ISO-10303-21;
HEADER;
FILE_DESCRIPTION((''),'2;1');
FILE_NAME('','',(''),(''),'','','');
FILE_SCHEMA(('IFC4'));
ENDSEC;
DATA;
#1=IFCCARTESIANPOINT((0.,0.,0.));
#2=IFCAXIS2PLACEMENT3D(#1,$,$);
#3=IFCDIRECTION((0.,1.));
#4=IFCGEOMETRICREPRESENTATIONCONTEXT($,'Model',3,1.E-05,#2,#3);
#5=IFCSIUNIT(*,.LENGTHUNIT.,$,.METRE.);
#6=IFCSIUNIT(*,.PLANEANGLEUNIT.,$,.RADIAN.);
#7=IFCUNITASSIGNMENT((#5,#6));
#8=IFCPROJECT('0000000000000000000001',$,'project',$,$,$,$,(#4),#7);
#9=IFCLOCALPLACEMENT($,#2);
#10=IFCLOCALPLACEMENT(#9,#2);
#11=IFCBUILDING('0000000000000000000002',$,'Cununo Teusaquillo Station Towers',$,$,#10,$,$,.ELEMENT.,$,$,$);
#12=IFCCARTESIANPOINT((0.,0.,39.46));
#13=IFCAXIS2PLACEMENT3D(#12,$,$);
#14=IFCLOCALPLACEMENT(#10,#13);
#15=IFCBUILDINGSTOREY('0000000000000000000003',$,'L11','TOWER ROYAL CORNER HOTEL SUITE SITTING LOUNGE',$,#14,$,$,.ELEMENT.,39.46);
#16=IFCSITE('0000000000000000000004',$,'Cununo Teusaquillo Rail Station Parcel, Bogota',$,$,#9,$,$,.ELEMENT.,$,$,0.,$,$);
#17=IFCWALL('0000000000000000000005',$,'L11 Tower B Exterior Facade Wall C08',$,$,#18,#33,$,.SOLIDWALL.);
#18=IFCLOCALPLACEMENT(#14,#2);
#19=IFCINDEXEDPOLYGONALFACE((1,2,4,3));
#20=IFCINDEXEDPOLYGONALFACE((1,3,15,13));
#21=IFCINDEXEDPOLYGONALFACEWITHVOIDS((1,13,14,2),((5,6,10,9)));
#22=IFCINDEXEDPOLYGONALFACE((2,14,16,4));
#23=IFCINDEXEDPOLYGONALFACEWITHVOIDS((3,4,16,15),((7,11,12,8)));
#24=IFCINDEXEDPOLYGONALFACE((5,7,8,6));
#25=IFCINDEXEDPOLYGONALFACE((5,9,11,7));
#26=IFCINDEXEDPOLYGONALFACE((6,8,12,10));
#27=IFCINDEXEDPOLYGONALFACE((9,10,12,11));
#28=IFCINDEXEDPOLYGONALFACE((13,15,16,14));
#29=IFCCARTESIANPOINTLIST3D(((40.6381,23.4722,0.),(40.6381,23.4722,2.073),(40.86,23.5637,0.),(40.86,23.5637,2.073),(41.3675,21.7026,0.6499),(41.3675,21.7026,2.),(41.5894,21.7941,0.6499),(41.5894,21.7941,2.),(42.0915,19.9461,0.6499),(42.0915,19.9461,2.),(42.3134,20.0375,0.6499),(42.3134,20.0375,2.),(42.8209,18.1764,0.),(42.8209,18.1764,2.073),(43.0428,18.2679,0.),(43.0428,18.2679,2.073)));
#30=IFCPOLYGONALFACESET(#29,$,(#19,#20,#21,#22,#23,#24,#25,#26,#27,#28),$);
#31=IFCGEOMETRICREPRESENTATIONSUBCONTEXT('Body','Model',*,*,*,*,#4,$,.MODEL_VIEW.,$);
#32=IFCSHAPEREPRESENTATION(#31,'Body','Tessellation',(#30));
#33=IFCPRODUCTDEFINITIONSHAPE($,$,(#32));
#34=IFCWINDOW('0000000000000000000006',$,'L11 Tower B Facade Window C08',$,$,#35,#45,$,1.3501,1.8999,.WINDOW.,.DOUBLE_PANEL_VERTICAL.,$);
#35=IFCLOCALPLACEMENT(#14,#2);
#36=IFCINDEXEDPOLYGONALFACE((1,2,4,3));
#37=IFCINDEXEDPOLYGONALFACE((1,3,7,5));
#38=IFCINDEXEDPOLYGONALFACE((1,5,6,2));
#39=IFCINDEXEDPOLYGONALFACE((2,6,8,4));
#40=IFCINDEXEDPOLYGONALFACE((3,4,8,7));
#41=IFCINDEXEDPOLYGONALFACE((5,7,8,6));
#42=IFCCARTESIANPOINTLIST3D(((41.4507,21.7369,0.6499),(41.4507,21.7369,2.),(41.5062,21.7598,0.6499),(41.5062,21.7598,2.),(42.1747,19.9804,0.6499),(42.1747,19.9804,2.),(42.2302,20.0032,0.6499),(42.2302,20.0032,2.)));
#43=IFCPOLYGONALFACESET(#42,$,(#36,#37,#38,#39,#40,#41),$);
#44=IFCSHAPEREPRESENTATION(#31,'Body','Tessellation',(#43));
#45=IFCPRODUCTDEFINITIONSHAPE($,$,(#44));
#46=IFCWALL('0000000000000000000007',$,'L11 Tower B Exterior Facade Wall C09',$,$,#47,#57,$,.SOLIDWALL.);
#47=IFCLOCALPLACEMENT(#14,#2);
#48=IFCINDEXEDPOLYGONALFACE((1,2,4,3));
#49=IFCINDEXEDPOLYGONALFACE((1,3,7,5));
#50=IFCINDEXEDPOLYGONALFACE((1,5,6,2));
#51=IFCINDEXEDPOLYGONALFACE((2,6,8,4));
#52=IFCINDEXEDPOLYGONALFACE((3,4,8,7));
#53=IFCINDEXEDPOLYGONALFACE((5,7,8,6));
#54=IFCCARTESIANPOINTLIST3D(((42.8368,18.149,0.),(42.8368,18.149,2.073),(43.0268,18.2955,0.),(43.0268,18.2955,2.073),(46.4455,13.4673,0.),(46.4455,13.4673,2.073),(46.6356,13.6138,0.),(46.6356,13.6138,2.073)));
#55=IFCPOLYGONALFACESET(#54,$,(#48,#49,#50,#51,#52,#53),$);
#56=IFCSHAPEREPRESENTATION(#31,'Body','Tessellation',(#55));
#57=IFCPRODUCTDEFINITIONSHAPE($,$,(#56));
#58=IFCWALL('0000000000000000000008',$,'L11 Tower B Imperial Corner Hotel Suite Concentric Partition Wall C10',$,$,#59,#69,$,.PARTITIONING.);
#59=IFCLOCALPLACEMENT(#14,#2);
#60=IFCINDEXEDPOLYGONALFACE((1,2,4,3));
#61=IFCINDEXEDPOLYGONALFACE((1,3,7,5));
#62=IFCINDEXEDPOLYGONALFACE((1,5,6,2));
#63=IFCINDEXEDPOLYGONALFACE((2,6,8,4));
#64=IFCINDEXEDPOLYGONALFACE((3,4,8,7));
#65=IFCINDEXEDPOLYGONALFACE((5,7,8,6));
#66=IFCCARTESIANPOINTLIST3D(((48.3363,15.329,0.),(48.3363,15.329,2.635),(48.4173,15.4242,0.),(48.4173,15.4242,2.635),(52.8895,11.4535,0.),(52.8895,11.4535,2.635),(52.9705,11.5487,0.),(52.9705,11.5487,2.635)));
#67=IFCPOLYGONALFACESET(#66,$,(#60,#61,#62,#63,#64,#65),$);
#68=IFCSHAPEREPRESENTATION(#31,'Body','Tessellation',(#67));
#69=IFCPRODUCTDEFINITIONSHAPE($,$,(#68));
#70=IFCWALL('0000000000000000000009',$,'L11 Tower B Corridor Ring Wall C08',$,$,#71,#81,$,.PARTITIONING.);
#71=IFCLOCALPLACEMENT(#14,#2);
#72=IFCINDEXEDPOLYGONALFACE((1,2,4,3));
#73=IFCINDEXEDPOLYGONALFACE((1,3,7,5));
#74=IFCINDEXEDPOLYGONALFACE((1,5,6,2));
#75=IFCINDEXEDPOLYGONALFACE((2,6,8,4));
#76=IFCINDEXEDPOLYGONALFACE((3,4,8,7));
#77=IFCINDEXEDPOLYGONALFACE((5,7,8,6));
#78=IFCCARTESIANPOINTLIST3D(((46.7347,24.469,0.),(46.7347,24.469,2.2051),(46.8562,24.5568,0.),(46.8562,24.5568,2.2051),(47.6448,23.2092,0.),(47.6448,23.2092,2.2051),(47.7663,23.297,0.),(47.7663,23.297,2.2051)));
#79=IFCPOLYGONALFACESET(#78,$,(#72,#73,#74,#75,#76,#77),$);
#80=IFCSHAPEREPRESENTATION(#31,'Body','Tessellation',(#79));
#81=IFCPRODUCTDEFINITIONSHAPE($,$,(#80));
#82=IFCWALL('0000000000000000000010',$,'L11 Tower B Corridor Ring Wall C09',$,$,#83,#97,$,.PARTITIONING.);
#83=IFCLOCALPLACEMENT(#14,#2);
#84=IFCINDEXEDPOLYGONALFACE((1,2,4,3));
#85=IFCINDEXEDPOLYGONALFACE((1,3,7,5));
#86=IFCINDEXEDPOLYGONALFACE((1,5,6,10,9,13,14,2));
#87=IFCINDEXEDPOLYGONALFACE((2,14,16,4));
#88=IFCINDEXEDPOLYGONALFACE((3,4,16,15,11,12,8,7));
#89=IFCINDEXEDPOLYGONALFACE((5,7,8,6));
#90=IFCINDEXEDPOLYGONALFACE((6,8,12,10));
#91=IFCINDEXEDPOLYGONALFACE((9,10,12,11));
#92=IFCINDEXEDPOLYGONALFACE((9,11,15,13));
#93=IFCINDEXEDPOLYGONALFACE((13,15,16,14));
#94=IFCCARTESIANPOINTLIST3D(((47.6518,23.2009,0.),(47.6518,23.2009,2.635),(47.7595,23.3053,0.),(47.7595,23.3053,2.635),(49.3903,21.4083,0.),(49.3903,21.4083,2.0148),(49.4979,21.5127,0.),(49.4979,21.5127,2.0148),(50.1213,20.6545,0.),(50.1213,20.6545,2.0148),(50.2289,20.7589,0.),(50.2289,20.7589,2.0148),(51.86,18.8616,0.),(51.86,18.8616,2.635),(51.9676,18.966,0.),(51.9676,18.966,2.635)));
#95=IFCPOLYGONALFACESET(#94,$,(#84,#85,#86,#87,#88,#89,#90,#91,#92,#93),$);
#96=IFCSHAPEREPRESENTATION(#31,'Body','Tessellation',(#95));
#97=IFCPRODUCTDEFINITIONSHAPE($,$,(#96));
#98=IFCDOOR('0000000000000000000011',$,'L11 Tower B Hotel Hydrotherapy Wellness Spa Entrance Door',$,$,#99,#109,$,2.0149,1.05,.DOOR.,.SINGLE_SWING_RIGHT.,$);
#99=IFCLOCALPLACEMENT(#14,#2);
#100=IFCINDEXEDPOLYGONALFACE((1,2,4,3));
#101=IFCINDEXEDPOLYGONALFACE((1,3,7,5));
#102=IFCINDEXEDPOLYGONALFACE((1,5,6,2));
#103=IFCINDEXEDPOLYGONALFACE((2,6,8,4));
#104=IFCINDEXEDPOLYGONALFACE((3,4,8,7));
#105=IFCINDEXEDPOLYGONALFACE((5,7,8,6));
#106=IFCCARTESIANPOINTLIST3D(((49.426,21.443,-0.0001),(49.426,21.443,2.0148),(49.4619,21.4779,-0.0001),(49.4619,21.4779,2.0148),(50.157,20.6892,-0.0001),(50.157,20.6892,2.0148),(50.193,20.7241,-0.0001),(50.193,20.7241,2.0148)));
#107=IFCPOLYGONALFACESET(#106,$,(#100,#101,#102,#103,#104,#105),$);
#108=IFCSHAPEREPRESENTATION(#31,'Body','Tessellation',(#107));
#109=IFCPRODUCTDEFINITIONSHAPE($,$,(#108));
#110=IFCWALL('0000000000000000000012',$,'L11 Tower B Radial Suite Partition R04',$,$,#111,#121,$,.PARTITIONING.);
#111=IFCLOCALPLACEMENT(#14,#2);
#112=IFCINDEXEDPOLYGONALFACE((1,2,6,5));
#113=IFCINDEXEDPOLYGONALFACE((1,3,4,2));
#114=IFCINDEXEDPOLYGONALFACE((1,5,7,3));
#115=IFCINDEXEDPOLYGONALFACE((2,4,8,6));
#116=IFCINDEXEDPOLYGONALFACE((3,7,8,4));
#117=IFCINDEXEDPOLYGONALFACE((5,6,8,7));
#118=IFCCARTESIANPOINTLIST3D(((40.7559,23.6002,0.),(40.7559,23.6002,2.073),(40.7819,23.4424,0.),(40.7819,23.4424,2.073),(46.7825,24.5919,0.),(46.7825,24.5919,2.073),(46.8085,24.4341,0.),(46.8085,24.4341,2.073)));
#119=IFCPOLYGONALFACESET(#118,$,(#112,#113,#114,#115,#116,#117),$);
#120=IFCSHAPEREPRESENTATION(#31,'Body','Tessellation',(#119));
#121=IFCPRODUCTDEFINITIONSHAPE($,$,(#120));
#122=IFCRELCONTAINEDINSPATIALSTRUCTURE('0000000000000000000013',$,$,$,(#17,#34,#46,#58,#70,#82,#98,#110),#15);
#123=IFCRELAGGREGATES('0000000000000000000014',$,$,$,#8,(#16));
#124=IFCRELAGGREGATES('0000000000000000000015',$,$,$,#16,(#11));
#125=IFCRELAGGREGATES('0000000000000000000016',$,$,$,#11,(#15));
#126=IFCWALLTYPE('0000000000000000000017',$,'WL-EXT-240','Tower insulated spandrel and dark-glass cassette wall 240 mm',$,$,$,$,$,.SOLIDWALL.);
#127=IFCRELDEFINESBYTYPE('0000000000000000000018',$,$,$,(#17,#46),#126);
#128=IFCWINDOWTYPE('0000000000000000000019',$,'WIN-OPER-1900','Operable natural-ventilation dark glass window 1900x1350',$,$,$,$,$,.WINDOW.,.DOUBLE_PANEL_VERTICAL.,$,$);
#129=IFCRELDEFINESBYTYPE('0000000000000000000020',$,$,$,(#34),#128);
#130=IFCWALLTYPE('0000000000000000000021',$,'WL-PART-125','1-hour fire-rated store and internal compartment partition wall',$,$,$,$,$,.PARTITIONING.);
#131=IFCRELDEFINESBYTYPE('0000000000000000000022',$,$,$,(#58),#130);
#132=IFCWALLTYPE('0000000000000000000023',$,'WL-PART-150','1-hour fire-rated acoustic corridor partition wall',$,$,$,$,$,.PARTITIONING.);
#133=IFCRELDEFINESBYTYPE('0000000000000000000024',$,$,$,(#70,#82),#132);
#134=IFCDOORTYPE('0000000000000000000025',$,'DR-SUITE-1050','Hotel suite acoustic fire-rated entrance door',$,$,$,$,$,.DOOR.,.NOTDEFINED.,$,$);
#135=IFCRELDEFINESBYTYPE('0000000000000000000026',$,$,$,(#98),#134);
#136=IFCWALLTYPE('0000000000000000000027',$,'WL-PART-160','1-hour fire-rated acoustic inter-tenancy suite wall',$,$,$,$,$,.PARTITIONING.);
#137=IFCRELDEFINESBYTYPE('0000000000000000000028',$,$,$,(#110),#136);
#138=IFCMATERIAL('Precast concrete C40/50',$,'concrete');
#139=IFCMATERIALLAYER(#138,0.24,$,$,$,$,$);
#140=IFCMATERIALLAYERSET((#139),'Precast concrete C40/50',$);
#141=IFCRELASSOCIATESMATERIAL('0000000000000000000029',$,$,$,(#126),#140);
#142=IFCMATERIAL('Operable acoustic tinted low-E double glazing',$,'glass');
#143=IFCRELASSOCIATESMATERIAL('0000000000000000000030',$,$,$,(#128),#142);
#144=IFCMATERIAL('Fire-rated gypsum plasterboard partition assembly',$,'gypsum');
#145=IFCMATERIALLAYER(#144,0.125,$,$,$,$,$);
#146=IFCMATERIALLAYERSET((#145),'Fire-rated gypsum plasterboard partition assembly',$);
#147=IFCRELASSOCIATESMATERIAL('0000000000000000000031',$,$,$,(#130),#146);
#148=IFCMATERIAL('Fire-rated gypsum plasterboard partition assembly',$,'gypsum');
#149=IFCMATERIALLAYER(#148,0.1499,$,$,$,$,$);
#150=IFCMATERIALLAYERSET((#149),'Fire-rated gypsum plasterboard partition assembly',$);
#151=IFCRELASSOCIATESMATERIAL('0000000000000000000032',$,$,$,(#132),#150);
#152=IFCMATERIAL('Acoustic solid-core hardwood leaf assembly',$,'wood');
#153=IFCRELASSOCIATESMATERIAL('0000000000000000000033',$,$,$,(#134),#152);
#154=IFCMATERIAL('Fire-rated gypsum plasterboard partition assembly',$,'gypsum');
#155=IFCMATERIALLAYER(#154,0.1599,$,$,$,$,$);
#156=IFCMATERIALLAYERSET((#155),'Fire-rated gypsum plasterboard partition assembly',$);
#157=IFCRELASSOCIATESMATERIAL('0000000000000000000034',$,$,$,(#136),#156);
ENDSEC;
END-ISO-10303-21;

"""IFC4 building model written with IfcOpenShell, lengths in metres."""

from ifc_helpers import new_model, si_unit, direction, frame, frame_2d, origin, place, context, subcontext, project, spatial, rectangle, extrude, source, transform, mapped, material, layer, layer_set, type_object, element, fill, save


model = new_model("IFC4")

# Units and contexts
model_context = context("Model", 3, precision=1e-05, world=origin(), true_north=direction((0.0, 1.0)))
body_context = subcontext(model_context, "Body", "Model", "MODEL_VIEW")
ifc_project = project(units=[si_unit("LENGTHUNIT", "METRE"), si_unit("PLANEANGLEUNIT", "RADIAN")], contexts=[model_context])

# Site, building, storey
site_placement = place(None, origin())
site = spatial("IfcSite", under=ifc_project, at=site_placement, Name="Cununo Teusaquillo Rail Station Parcel, Bogota", CompositionType="ELEMENT", RefElevation=0.0)
building_placement = place(site_placement, origin())
building = spatial("IfcBuilding", under=site, at=building_placement, Name="Cununo Teusaquillo Station Towers", CompositionType="ELEMENT")
storey_placement = place(building_placement, frame((0.0, 0.0, 39.46)))
storey = spatial("IfcBuildingStorey", under=building, at=storey_placement, Name="L11", Description="TOWER ROYAL CORNER HOTEL SUITE SITTING LOUNGE", CompositionType="ELEMENT", Elevation=39.46)

# Shared definitions
ifc_material_1 = material(Name="Precast concrete C40/50", Category="concrete")
ifc_layer_1 = layer(ifc_material_1, 0.24)
ifc_layer_set_1 = layer_set([ifc_layer_1], Name="Precast concrete C40/50")
wall_type_1 = type_object("IfcWallType", Name="WL-EXT-240", Description="Tower insulated spandrel and dark-glass cassette wall 240 mm", PredefinedType="SOLIDWALL", material=ifc_layer_set_1)

# Wall, opening, window
wall_1_placement = place(storey_placement, frame((42.9319, 18.2222, 0.0), z_axis=(0.0, 0.0, 1.0), x_axis=(-0.381078, 0.924543, 0.0)))
wall_1 = element("IfcWall", 1, at=wall_1_placement, inside=storey, type_object=wall_type_1, Name="L11 Tower B Exterior Facade Wall C08", PredefinedType="SOLIDWALL", context=body_context, shape_type="SweptSolid", body=[
    extrude(rectangle(XDim=5.728, YDim=0.24, at=frame_2d((2.864, 0.0))), origin(), (0.0, 0.0, 1.0), 2.073),
])
shared_shape_1 = source(origin(), body_context, "Body", "SweptSolid", [
    extrude(rectangle(XDim=1.8999, YDim=1.3501, at=frame_2d((0.95, 0.675))), frame((0.0, 0.1299, 0.0), z_axis=(0.0, -1.0, 0.0), x_axis=(1.0, 0.0, 0.0)), (0.0, 0.0, 1.0), 0.26),
])
opening_1_placement = place(wall_1_placement, frame((1.9141, 0.0, 0.6499)))
opening_1 = element("IfcOpeningElement", 2, at=opening_1_placement, cuts=wall_1, PredefinedType="OPENING", context=body_context, shape_type="MappedRepresentation", body=[
    mapped(shared_shape_1, transform((0.0, 0.0, 0.0), x_axis=(1.0, 0.0, 0.0), y_axis=(0.0, 1.0, 0.0), z_axis=(0.0, 0.0, 1.0), scale=1.0)),
])
ifc_material_2 = material(Name="Operable acoustic tinted low-E double glazing", Category="glass")
window_type_1 = type_object("IfcWindowType", Name="WIN-OPER-1900", Description="Operable natural-ventilation dark glass window 1900x1350", PartitioningType="DOUBLE_PANEL_VERTICAL", PredefinedType="WINDOW", material=ifc_material_2)
shared_shape_2 = source(origin(), body_context, "Body", "SweptSolid", [
    extrude(rectangle(XDim=1.8999, YDim=1.3501, at=frame_2d((0.95, 0.675))), frame((0.0, 0.03, 0.0), z_axis=(0.0, -1.0, 0.0), x_axis=(1.0, 0.0, 0.0)), (0.0, 0.0, 1.0), 0.0601),
])
window_1_placement = place(opening_1_placement, origin())
window_1 = element("IfcWindow", 3, at=window_1_placement, inside=storey, type_object=window_type_1, Name="L11 Tower B Facade Window C08", OverallHeight=1.3501, OverallWidth=1.8999, PartitioningType="DOUBLE_PANEL_VERTICAL", PredefinedType="WINDOW", context=body_context, shape_type="MappedRepresentation", body=[
    mapped(shared_shape_2, transform((0.0, 0.0, 0.0), x_axis=(1.0, 0.0, 0.0), y_axis=(0.0, 1.0, 0.0), z_axis=(0.0, 0.0, 1.0), scale=1.0)),
])
fill(opening_1, window_1)

# Walls
wall_2_placement = place(storey_placement, frame((46.5405, 13.5405, 0.0), z_axis=(0.0, 0.0, 1.0), x_axis=(-0.610495, 0.79202, 0.0)))
element("IfcWall", 4, at=wall_2_placement, inside=storey, type_object=wall_type_1, Name="L11 Tower B Exterior Facade Wall C09", PredefinedType="SOLIDWALL", context=body_context, shape_type="SweptSolid", body=[
    extrude(rectangle(XDim=5.9111, YDim=0.24, at=frame_2d((2.9556, 0.0))), origin(), (0.0, 0.0, 1.0), 2.073),
])
ifc_material_3 = material(Name="Fire-rated gypsum plasterboard partition assembly", Category="gypsum")
ifc_layer_2 = layer(ifc_material_3, 0.125)
ifc_layer_set_2 = layer_set([ifc_layer_2], Name="Fire-rated gypsum plasterboard partition assembly")
wall_type_2 = type_object("IfcWallType", Name="WL-PART-125", Description="1-hour fire-rated store and internal compartment partition wall", PredefinedType="PARTITIONING", material=ifc_layer_set_2)
wall_3_placement = place(storey_placement, frame((48.3767, 15.3767, 0.0), z_axis=(0.0, 0.0, 1.0), x_axis=(0.761506, -0.648158, 0.0)))
element("IfcWall", 5, at=wall_3_placement, inside=storey, type_object=wall_type_2, Name="L11 Tower B Imperial Corner Hotel Suite Concentric Partition Wall C10", PredefinedType="PARTITIONING", context=body_context, shape_type="SweptSolid", body=[
    extrude(rectangle(XDim=5.9792, YDim=0.125, at=frame_2d((2.9897, 0.0))), origin(), (0.0, 0.0, 1.0), 2.635),
])
ifc_material_4 = material(Name="Fire-rated gypsum plasterboard partition assembly", Category="gypsum")
ifc_layer_3 = layer(ifc_material_4, 0.1499)
ifc_layer_set_3 = layer_set([ifc_layer_3], Name="Fire-rated gypsum plasterboard partition assembly")
wall_type_3 = type_object("IfcWallType", Name="WL-PART-150", Description="1-hour fire-rated acoustic corridor partition wall", PredefinedType="PARTITIONING", material=ifc_layer_set_3)
wall_4_placement = place(storey_placement, frame((46.7954, 24.5129, 0.0), z_axis=(0.0, 0.0, 1.0), x_axis=(0.585628, -0.81058, 0.0)))
element("IfcWall", 6, at=wall_4_placement, inside=storey, type_object=wall_type_3, Name="L11 Tower B Corridor Ring Wall C08", PredefinedType="PARTITIONING", context=body_context, shape_type="SweptSolid", body=[
    extrude(rectangle(XDim=1.5542, YDim=0.1499, at=frame_2d((0.7771, 0.0))), origin(), (0.0, 0.0, 1.0), 2.2051),
])

# Wall, opening, door
wall_5_placement = place(storey_placement, frame((47.7056, 23.2532, 0.0), z_axis=(0.0, 0.0, 1.0), x_axis=(0.696179, -0.717868, 0.0)))
wall_5 = element("IfcWall", 7, at=wall_5_placement, inside=storey, type_object=wall_type_3, Name="L11 Tower B Corridor Ring Wall C09", PredefinedType="PARTITIONING", context=body_context, shape_type="SweptSolid", body=[
    extrude(rectangle(XDim=6.0447, YDim=0.1499, at=frame_2d((3.0225, 0.0))), origin(), (0.0, 0.0, 1.0), 2.635),
])
shared_shape_3 = source(origin(), body_context, "Body", "SweptSolid", [
    extrude(rectangle(XDim=1.05, YDim=2.0149, at=frame_2d((0.5249, 1.0073))), frame((0.0, 0.085, 0.0), z_axis=(0.0, -1.0, 0.0), x_axis=(1.0, 0.0, 0.0)), (0.0, 0.0, 1.0), 0.1699),
])
opening_2_placement = place(wall_5_placement, frame((2.4973, 0.0, 0.0)))
opening_2 = element("IfcOpeningElement", 8, at=opening_2_placement, cuts=wall_5, PredefinedType="OPENING", context=body_context, shape_type="MappedRepresentation", body=[
    mapped(shared_shape_3, transform((0.0, 0.0, 0.0), x_axis=(1.0, 0.0, 0.0), y_axis=(0.0, 1.0, 0.0), z_axis=(0.0, 0.0, 1.0), scale=1.0)),
])
ifc_material_5 = material(Name="Acoustic solid-core hardwood leaf assembly", Category="wood")
door_type_1 = type_object("IfcDoorType", Name="DR-SUITE-1050", Description="Hotel suite acoustic fire-rated entrance door", OperationType="NOTDEFINED", PredefinedType="DOOR", material=ifc_material_5)
shared_shape_4 = source(origin(), body_context, "Body", "SweptSolid", [
    extrude(rectangle(XDim=1.05, YDim=2.0149, at=frame_2d((0.5249, 1.0073))), frame((0.0, 0.0249, 0.0), z_axis=(0.0, -1.0, 0.0), x_axis=(1.0, 0.0, 0.0)), (0.0, 0.0, 1.0), 0.05),
])
door_1_placement = place(opening_2_placement, origin())
door_1 = element("IfcDoor", 9, at=door_1_placement, inside=storey, type_object=door_type_1, Name="L11 Tower B Hotel Hydrotherapy Wellness Spa Entrance Door", OperationType="SINGLE_SWING_RIGHT", OverallHeight=2.0149, OverallWidth=1.05, PredefinedType="DOOR", context=body_context, shape_type="MappedRepresentation", body=[
    mapped(shared_shape_4, transform((0.0, 0.0, 0.0), x_axis=(1.0, 0.0, 0.0), y_axis=(0.0, 1.0, 0.0), z_axis=(0.0, 0.0, 1.0), scale=1.0)),
])
fill(opening_2, door_1)

# Wall
ifc_material_6 = material(Name="Fire-rated gypsum plasterboard partition assembly", Category="gypsum")
ifc_layer_4 = layer(ifc_material_6, 0.1599)
ifc_layer_set_4 = layer_set([ifc_layer_4], Name="Fire-rated gypsum plasterboard partition assembly")
wall_type_4 = type_object("IfcWallType", Name="WL-PART-160", Description="1-hour fire-rated acoustic inter-tenancy suite wall", PredefinedType="PARTITIONING", material=ifc_layer_set_4)
wall_6_placement = place(storey_placement, frame((46.7954, 24.5129, 0.0), z_axis=(0.0, 0.0, 1.0), x_axis=(-0.98673, -0.16237, 0.0)))
element("IfcWall", 10, at=wall_6_placement, inside=storey, type_object=wall_type_4, Name="L11 Tower B Radial Suite Partition R04", PredefinedType="PARTITIONING", context=body_context, shape_type="SweptSolid", body=[
    extrude(rectangle(XDim=6.1077, YDim=0.1599, at=frame_2d((3.0537, 0.0))), origin(), (0.0, 0.0, 1.0), 2.073),
])

save(model, "model.ifc")
